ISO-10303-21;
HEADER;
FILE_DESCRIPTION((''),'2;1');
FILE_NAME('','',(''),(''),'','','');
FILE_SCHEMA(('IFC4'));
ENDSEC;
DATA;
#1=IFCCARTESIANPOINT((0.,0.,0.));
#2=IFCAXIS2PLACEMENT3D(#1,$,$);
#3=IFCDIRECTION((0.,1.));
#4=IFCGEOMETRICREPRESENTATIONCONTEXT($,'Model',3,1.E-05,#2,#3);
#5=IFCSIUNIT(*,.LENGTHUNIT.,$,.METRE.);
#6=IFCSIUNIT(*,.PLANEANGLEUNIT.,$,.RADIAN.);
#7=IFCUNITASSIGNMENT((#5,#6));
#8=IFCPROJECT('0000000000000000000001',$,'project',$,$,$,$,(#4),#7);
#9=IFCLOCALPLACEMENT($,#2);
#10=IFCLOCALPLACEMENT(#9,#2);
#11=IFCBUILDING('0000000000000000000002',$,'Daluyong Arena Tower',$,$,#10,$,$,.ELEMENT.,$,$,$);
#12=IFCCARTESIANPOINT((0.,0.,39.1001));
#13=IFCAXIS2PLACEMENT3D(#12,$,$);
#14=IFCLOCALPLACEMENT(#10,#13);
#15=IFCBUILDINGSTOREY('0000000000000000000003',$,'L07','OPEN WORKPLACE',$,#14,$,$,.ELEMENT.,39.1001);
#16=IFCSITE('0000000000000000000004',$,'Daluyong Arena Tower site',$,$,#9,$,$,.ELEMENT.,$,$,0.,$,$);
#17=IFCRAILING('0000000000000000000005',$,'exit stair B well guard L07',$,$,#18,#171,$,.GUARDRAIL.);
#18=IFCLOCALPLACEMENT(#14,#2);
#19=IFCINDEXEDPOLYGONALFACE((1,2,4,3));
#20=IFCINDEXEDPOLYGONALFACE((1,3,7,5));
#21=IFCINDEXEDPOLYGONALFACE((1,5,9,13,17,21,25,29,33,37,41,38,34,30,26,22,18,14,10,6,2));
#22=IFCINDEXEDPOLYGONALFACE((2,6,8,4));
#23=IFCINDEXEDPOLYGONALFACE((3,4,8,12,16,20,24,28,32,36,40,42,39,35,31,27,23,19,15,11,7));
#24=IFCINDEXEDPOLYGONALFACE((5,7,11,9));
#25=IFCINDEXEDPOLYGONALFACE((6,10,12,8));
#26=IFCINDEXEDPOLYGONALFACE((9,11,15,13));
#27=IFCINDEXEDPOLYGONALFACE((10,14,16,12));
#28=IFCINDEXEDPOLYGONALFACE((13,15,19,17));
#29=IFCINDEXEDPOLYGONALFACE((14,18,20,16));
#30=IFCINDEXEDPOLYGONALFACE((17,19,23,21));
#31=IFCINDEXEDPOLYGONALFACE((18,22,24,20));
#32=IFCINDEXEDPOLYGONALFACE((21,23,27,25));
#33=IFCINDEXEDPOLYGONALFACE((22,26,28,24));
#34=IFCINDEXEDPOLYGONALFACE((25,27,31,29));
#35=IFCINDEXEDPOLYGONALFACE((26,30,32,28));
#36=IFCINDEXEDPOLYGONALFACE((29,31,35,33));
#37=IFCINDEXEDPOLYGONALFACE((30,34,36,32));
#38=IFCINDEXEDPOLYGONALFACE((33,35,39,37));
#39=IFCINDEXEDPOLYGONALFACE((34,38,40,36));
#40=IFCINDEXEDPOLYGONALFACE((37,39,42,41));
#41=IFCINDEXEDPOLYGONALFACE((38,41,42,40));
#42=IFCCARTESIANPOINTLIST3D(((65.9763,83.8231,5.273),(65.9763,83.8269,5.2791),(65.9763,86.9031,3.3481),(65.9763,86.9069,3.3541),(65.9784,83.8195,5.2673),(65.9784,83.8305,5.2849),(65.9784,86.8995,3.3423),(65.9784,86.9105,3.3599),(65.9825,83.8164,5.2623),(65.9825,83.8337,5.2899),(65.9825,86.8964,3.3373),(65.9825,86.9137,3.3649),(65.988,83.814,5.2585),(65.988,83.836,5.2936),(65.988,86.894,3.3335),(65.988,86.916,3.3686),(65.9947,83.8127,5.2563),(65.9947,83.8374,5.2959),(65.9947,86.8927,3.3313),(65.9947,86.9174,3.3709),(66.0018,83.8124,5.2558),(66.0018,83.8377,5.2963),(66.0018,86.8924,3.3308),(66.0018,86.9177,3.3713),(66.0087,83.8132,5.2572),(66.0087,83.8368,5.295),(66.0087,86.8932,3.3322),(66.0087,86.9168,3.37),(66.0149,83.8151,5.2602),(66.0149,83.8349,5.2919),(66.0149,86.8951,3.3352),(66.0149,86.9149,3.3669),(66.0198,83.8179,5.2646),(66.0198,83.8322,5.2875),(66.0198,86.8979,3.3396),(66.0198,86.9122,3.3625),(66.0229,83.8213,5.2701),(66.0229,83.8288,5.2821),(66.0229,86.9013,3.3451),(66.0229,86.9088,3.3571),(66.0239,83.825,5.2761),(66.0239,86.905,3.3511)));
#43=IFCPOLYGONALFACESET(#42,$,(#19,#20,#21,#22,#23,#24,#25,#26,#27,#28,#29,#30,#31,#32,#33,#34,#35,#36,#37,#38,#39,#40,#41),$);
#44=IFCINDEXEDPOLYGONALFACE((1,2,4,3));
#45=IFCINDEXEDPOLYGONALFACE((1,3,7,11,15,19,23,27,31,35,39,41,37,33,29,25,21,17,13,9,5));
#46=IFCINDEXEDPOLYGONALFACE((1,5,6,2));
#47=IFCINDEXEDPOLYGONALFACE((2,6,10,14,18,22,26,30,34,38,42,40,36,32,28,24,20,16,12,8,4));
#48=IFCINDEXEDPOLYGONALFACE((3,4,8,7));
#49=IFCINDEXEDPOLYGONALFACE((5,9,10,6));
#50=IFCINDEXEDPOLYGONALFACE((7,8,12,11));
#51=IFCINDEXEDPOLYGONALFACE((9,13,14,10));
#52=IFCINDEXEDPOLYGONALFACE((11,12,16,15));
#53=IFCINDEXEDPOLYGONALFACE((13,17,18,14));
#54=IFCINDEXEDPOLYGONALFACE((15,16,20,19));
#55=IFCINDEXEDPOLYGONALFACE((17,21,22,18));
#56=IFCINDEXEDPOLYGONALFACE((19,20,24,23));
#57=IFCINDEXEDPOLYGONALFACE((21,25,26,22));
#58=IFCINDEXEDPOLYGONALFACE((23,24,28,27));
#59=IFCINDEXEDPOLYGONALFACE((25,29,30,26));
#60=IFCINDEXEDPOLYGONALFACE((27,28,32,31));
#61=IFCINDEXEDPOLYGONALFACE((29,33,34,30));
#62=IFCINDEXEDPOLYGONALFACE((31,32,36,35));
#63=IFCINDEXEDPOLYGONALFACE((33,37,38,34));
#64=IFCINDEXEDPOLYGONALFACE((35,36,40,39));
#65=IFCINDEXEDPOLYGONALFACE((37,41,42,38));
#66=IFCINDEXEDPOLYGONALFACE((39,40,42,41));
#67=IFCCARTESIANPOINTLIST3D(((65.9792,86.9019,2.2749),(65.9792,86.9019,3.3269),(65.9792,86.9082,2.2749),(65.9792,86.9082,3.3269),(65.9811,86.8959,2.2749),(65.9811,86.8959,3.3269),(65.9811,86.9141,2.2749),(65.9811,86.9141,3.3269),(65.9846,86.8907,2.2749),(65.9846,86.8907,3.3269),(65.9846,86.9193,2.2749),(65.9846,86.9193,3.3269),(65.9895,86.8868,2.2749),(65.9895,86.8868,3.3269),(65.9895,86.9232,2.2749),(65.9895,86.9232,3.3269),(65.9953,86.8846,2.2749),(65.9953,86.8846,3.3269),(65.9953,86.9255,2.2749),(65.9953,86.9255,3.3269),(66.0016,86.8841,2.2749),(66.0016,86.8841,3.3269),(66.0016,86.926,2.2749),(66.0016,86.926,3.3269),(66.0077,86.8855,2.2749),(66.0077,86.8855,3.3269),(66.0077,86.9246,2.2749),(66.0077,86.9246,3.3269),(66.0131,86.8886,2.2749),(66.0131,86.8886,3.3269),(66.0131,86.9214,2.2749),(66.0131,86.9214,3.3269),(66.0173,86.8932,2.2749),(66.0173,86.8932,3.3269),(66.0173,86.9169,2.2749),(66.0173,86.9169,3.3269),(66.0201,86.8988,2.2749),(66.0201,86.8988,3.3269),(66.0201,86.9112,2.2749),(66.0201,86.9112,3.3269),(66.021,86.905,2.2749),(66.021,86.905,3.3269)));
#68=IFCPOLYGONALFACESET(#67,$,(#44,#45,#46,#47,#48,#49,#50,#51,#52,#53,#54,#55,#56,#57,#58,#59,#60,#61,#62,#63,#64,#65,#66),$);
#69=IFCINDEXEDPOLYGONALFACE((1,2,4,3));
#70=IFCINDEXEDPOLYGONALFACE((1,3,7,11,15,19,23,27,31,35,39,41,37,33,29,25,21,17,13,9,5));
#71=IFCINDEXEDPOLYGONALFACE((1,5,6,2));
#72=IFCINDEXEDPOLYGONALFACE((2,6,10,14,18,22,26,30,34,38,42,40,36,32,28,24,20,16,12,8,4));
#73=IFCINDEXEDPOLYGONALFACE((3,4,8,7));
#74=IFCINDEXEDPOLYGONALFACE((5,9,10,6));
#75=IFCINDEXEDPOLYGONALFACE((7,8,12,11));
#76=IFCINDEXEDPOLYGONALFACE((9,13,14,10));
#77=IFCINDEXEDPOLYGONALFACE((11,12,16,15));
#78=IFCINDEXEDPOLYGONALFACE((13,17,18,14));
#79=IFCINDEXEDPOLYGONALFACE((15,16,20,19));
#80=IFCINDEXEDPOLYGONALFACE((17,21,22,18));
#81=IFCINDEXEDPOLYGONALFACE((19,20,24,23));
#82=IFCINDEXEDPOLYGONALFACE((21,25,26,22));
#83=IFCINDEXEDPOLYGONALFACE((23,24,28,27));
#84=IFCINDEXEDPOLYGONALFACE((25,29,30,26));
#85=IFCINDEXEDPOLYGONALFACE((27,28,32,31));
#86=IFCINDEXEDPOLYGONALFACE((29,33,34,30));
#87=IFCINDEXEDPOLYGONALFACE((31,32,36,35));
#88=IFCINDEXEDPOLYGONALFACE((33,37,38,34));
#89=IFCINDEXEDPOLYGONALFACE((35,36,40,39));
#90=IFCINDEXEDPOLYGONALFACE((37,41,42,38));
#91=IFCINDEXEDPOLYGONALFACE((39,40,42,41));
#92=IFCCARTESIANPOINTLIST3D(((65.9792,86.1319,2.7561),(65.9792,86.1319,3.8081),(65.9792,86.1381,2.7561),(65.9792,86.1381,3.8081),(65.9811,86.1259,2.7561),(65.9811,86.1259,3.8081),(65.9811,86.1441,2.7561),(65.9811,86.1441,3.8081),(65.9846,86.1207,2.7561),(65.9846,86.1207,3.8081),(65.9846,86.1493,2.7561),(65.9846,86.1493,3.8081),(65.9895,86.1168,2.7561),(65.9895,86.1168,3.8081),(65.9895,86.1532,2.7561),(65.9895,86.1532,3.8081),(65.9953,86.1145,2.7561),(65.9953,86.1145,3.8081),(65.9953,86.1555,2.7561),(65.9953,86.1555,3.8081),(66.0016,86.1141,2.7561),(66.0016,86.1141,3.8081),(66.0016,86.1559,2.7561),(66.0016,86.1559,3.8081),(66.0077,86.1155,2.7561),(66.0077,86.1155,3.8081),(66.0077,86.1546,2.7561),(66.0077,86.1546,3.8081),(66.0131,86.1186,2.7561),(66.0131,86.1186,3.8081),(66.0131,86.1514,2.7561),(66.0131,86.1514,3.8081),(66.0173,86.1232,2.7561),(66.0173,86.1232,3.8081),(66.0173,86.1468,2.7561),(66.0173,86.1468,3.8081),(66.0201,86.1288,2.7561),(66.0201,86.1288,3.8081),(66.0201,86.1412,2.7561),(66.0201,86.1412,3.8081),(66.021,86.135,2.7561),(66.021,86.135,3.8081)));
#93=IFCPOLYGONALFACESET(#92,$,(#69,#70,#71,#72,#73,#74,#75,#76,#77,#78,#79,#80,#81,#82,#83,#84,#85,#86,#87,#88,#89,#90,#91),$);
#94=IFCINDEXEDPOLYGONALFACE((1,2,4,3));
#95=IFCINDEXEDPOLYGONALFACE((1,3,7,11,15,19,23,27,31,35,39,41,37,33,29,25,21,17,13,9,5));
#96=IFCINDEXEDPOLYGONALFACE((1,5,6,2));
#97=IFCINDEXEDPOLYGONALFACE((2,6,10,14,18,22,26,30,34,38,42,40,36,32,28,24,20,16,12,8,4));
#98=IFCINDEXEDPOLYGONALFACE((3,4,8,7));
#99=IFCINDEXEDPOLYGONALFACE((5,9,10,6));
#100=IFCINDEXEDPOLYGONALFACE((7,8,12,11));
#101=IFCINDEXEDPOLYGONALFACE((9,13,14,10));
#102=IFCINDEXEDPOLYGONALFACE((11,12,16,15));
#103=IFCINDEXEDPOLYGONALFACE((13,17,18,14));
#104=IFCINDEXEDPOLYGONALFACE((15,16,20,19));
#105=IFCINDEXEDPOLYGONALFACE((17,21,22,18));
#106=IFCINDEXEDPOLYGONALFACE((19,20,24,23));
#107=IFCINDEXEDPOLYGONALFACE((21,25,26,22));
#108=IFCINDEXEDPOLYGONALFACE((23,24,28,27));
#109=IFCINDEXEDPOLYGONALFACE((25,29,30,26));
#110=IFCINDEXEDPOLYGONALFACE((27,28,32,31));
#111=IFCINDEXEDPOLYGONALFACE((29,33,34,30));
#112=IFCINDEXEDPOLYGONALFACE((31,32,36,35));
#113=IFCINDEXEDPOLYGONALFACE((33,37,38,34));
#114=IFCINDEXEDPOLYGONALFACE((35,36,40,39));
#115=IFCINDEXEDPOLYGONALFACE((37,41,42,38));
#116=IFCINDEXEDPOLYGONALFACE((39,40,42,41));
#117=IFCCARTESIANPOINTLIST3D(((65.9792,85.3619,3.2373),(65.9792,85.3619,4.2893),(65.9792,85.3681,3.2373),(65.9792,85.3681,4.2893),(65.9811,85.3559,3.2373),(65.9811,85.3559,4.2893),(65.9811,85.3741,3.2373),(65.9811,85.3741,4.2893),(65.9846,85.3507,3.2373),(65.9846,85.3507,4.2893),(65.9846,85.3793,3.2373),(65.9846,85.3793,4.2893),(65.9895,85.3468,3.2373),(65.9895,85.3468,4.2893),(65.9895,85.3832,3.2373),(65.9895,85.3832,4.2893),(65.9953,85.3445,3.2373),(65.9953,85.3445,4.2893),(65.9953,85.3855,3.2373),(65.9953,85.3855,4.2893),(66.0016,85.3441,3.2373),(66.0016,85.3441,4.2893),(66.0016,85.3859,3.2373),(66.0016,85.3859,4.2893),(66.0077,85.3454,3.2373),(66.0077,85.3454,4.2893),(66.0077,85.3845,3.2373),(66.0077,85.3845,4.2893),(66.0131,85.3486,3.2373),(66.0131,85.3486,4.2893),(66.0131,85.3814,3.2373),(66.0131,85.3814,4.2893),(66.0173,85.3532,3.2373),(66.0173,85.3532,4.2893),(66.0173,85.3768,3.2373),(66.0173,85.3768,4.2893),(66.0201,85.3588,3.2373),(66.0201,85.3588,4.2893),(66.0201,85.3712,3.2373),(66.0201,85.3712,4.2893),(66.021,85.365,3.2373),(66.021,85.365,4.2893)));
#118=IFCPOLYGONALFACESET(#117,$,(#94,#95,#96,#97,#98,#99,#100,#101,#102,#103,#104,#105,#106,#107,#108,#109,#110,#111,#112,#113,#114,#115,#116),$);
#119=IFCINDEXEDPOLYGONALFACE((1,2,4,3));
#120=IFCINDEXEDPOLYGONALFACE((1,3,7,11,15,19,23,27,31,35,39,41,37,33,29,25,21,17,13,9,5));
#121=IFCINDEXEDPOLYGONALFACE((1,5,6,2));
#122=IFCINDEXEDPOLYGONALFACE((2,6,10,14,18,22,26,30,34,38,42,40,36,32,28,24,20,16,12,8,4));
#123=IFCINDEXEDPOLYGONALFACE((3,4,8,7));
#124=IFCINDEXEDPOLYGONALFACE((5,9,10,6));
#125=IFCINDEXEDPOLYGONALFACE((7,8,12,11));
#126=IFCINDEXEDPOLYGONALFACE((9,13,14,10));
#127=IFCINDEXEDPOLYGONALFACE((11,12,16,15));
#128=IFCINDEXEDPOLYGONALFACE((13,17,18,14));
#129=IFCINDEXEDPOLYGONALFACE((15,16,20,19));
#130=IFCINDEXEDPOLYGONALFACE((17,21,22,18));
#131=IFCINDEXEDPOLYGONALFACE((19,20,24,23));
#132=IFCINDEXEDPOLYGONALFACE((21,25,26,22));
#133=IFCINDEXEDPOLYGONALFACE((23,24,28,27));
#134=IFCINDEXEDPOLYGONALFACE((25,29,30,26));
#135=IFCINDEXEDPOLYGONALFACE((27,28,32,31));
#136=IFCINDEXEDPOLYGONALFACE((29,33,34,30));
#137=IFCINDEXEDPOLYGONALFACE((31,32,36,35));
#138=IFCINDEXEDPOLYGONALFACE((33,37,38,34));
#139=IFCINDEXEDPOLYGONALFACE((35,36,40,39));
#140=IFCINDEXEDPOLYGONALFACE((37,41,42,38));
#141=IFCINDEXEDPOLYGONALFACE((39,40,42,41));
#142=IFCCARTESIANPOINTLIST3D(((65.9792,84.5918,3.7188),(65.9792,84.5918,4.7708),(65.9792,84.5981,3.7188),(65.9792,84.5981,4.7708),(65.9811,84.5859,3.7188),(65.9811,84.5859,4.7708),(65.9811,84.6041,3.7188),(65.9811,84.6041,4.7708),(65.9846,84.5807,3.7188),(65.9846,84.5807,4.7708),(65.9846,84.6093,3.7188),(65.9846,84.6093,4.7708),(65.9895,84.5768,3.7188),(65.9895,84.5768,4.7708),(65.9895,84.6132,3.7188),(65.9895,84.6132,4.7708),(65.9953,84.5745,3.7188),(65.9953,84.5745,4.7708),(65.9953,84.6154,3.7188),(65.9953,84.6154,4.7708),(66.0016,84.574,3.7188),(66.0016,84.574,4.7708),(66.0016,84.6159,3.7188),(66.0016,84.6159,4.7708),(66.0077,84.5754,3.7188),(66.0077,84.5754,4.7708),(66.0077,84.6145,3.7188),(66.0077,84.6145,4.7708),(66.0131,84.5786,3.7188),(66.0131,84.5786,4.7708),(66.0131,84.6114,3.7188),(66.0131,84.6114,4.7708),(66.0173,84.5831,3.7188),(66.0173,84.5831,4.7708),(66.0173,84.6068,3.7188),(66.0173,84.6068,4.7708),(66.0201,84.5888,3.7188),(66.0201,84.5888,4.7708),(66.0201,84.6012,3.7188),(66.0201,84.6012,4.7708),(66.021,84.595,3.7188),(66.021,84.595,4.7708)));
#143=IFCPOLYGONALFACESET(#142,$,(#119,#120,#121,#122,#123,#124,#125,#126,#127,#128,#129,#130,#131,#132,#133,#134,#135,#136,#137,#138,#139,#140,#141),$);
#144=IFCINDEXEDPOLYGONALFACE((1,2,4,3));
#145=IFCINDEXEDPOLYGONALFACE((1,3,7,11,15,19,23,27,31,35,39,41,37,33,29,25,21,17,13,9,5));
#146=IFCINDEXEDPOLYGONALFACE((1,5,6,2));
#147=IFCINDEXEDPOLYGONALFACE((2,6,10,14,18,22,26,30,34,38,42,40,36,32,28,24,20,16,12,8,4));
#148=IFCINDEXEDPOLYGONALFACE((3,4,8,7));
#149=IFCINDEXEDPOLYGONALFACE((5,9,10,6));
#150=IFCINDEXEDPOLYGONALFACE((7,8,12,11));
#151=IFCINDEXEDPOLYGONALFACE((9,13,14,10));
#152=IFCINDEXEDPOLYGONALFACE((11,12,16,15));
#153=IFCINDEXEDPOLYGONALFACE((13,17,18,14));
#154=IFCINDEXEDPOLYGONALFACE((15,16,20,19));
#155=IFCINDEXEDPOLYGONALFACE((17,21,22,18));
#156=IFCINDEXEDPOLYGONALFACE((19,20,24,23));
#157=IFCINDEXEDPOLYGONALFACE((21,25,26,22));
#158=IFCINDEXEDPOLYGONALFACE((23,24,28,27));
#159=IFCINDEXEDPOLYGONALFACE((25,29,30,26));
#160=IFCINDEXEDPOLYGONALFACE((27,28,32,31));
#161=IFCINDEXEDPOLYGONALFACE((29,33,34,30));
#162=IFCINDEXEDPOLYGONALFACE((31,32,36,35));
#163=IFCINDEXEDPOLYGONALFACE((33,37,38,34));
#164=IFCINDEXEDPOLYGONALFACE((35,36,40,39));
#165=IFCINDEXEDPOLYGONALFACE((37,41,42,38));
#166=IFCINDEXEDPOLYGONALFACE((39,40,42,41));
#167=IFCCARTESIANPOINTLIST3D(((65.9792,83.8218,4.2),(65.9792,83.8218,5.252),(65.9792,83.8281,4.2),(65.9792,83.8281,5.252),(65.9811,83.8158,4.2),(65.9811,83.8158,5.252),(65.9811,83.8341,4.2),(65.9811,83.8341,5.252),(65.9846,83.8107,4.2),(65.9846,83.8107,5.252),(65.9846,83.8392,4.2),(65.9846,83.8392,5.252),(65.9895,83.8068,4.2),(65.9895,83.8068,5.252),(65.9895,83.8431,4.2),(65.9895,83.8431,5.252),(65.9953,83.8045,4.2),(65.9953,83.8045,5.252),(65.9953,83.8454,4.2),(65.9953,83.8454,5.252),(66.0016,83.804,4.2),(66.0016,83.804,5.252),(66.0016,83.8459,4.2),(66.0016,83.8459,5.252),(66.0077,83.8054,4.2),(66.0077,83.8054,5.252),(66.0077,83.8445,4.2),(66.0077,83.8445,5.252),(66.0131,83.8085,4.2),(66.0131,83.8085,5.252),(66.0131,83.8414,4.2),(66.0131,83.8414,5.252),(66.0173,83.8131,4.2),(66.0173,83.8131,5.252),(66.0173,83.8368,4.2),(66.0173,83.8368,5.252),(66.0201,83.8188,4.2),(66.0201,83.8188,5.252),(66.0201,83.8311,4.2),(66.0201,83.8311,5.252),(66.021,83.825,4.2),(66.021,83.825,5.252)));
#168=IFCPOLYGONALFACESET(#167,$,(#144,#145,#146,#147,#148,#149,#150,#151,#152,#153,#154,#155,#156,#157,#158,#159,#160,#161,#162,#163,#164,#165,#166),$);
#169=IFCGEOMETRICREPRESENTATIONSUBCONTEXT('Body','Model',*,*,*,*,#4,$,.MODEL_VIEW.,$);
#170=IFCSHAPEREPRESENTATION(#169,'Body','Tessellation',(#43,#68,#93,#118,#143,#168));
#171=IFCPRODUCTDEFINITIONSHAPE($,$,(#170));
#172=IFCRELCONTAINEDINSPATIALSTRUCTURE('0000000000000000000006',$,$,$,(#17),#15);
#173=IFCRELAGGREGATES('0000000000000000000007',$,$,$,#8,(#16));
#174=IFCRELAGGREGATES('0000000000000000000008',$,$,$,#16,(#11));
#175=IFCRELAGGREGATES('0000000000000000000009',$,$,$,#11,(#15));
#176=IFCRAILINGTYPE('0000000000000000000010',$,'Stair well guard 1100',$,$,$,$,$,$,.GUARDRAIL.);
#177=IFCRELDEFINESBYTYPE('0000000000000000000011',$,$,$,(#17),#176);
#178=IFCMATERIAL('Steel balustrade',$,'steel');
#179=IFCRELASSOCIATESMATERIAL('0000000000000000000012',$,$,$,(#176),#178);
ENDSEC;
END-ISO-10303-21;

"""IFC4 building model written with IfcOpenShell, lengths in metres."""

from ifc_helpers import new_model, si_unit, direction, frame, origin, origin_2d, place, context, subcontext, project, spatial, circle, extrude, material, type_object, element, save


model = new_model("IFC4")

# Units and contexts
model_context = context("Model", 3, precision=1e-05, world=origin(), true_north=direction((0.0, 1.0)))
body_context = subcontext(model_context, "Body", "Model", "MODEL_VIEW")
ifc_project = project(units=[si_unit("LENGTHUNIT", "METRE"), si_unit("PLANEANGLEUNIT", "RADIAN")], contexts=[model_context])

# Site, building, storey
site_placement = place(None, origin())
site = spatial("IfcSite", under=ifc_project, at=site_placement, Name="Daluyong Arena Tower site", CompositionType="ELEMENT", RefElevation=0.0)
building_placement = place(site_placement, origin())
building = spatial("IfcBuilding", under=site, at=building_placement, Name="Daluyong Arena Tower", CompositionType="ELEMENT")
storey_placement = place(building_placement, frame((0.0, 0.0, 39.1001)))
storey = spatial("IfcBuildingStorey", under=building, at=storey_placement, Name="L07", Description="OPEN WORKPLACE", CompositionType="ELEMENT", Elevation=39.1001)

# Railing
ifc_material_1 = material(Name="Steel balustrade", Category="steel")
railing_type_1 = type_object("IfcRailingType", Name="Stair well guard 1100", PredefinedType="GUARDRAIL", material=ifc_material_1)
railing_1_placement = place(storey_placement, frame((66.0, 86.905, 2.2749)))
element("IfcRailing", 1, at=railing_1_placement, inside=storey, type_object=railing_type_1, Name="exit stair B well guard L07", PredefinedType="GUARDRAIL", context=body_context, shape_type="SweptSolid", body=[
    extrude(circle(Radius=0.0239, at=origin_2d()), frame((0.0, 0.0, 1.0762), z_axis=(0.0, -0.847998, 0.529999), x_axis=(1.0, 0.0, 0.0)), (0.0, 0.0, 1.0), 3.6321),
    extrude(circle(Radius=0.021, at=origin_2d()), origin(), (0.0, 0.0, 1.0), 1.052),
    extrude(circle(Radius=0.021, at=origin_2d()), frame((0.0, -0.77, 0.4812)), (0.0, 0.0, 1.0), 1.052),
    extrude(circle(Radius=0.021, at=origin_2d()), frame((0.0, -1.54, 0.9624)), (0.0, 0.0, 1.0), 1.052),
    extrude(circle(Radius=0.021, at=origin_2d()), frame((0.0, -2.3101, 1.4438)), (0.0, 0.0, 1.0), 1.052),
    extrude(circle(Radius=0.021, at=origin_2d()), frame((0.0, -3.0801, 1.925)), (0.0, 0.0, 1.0), 1.052),
])

save(model, "model.ifc")
